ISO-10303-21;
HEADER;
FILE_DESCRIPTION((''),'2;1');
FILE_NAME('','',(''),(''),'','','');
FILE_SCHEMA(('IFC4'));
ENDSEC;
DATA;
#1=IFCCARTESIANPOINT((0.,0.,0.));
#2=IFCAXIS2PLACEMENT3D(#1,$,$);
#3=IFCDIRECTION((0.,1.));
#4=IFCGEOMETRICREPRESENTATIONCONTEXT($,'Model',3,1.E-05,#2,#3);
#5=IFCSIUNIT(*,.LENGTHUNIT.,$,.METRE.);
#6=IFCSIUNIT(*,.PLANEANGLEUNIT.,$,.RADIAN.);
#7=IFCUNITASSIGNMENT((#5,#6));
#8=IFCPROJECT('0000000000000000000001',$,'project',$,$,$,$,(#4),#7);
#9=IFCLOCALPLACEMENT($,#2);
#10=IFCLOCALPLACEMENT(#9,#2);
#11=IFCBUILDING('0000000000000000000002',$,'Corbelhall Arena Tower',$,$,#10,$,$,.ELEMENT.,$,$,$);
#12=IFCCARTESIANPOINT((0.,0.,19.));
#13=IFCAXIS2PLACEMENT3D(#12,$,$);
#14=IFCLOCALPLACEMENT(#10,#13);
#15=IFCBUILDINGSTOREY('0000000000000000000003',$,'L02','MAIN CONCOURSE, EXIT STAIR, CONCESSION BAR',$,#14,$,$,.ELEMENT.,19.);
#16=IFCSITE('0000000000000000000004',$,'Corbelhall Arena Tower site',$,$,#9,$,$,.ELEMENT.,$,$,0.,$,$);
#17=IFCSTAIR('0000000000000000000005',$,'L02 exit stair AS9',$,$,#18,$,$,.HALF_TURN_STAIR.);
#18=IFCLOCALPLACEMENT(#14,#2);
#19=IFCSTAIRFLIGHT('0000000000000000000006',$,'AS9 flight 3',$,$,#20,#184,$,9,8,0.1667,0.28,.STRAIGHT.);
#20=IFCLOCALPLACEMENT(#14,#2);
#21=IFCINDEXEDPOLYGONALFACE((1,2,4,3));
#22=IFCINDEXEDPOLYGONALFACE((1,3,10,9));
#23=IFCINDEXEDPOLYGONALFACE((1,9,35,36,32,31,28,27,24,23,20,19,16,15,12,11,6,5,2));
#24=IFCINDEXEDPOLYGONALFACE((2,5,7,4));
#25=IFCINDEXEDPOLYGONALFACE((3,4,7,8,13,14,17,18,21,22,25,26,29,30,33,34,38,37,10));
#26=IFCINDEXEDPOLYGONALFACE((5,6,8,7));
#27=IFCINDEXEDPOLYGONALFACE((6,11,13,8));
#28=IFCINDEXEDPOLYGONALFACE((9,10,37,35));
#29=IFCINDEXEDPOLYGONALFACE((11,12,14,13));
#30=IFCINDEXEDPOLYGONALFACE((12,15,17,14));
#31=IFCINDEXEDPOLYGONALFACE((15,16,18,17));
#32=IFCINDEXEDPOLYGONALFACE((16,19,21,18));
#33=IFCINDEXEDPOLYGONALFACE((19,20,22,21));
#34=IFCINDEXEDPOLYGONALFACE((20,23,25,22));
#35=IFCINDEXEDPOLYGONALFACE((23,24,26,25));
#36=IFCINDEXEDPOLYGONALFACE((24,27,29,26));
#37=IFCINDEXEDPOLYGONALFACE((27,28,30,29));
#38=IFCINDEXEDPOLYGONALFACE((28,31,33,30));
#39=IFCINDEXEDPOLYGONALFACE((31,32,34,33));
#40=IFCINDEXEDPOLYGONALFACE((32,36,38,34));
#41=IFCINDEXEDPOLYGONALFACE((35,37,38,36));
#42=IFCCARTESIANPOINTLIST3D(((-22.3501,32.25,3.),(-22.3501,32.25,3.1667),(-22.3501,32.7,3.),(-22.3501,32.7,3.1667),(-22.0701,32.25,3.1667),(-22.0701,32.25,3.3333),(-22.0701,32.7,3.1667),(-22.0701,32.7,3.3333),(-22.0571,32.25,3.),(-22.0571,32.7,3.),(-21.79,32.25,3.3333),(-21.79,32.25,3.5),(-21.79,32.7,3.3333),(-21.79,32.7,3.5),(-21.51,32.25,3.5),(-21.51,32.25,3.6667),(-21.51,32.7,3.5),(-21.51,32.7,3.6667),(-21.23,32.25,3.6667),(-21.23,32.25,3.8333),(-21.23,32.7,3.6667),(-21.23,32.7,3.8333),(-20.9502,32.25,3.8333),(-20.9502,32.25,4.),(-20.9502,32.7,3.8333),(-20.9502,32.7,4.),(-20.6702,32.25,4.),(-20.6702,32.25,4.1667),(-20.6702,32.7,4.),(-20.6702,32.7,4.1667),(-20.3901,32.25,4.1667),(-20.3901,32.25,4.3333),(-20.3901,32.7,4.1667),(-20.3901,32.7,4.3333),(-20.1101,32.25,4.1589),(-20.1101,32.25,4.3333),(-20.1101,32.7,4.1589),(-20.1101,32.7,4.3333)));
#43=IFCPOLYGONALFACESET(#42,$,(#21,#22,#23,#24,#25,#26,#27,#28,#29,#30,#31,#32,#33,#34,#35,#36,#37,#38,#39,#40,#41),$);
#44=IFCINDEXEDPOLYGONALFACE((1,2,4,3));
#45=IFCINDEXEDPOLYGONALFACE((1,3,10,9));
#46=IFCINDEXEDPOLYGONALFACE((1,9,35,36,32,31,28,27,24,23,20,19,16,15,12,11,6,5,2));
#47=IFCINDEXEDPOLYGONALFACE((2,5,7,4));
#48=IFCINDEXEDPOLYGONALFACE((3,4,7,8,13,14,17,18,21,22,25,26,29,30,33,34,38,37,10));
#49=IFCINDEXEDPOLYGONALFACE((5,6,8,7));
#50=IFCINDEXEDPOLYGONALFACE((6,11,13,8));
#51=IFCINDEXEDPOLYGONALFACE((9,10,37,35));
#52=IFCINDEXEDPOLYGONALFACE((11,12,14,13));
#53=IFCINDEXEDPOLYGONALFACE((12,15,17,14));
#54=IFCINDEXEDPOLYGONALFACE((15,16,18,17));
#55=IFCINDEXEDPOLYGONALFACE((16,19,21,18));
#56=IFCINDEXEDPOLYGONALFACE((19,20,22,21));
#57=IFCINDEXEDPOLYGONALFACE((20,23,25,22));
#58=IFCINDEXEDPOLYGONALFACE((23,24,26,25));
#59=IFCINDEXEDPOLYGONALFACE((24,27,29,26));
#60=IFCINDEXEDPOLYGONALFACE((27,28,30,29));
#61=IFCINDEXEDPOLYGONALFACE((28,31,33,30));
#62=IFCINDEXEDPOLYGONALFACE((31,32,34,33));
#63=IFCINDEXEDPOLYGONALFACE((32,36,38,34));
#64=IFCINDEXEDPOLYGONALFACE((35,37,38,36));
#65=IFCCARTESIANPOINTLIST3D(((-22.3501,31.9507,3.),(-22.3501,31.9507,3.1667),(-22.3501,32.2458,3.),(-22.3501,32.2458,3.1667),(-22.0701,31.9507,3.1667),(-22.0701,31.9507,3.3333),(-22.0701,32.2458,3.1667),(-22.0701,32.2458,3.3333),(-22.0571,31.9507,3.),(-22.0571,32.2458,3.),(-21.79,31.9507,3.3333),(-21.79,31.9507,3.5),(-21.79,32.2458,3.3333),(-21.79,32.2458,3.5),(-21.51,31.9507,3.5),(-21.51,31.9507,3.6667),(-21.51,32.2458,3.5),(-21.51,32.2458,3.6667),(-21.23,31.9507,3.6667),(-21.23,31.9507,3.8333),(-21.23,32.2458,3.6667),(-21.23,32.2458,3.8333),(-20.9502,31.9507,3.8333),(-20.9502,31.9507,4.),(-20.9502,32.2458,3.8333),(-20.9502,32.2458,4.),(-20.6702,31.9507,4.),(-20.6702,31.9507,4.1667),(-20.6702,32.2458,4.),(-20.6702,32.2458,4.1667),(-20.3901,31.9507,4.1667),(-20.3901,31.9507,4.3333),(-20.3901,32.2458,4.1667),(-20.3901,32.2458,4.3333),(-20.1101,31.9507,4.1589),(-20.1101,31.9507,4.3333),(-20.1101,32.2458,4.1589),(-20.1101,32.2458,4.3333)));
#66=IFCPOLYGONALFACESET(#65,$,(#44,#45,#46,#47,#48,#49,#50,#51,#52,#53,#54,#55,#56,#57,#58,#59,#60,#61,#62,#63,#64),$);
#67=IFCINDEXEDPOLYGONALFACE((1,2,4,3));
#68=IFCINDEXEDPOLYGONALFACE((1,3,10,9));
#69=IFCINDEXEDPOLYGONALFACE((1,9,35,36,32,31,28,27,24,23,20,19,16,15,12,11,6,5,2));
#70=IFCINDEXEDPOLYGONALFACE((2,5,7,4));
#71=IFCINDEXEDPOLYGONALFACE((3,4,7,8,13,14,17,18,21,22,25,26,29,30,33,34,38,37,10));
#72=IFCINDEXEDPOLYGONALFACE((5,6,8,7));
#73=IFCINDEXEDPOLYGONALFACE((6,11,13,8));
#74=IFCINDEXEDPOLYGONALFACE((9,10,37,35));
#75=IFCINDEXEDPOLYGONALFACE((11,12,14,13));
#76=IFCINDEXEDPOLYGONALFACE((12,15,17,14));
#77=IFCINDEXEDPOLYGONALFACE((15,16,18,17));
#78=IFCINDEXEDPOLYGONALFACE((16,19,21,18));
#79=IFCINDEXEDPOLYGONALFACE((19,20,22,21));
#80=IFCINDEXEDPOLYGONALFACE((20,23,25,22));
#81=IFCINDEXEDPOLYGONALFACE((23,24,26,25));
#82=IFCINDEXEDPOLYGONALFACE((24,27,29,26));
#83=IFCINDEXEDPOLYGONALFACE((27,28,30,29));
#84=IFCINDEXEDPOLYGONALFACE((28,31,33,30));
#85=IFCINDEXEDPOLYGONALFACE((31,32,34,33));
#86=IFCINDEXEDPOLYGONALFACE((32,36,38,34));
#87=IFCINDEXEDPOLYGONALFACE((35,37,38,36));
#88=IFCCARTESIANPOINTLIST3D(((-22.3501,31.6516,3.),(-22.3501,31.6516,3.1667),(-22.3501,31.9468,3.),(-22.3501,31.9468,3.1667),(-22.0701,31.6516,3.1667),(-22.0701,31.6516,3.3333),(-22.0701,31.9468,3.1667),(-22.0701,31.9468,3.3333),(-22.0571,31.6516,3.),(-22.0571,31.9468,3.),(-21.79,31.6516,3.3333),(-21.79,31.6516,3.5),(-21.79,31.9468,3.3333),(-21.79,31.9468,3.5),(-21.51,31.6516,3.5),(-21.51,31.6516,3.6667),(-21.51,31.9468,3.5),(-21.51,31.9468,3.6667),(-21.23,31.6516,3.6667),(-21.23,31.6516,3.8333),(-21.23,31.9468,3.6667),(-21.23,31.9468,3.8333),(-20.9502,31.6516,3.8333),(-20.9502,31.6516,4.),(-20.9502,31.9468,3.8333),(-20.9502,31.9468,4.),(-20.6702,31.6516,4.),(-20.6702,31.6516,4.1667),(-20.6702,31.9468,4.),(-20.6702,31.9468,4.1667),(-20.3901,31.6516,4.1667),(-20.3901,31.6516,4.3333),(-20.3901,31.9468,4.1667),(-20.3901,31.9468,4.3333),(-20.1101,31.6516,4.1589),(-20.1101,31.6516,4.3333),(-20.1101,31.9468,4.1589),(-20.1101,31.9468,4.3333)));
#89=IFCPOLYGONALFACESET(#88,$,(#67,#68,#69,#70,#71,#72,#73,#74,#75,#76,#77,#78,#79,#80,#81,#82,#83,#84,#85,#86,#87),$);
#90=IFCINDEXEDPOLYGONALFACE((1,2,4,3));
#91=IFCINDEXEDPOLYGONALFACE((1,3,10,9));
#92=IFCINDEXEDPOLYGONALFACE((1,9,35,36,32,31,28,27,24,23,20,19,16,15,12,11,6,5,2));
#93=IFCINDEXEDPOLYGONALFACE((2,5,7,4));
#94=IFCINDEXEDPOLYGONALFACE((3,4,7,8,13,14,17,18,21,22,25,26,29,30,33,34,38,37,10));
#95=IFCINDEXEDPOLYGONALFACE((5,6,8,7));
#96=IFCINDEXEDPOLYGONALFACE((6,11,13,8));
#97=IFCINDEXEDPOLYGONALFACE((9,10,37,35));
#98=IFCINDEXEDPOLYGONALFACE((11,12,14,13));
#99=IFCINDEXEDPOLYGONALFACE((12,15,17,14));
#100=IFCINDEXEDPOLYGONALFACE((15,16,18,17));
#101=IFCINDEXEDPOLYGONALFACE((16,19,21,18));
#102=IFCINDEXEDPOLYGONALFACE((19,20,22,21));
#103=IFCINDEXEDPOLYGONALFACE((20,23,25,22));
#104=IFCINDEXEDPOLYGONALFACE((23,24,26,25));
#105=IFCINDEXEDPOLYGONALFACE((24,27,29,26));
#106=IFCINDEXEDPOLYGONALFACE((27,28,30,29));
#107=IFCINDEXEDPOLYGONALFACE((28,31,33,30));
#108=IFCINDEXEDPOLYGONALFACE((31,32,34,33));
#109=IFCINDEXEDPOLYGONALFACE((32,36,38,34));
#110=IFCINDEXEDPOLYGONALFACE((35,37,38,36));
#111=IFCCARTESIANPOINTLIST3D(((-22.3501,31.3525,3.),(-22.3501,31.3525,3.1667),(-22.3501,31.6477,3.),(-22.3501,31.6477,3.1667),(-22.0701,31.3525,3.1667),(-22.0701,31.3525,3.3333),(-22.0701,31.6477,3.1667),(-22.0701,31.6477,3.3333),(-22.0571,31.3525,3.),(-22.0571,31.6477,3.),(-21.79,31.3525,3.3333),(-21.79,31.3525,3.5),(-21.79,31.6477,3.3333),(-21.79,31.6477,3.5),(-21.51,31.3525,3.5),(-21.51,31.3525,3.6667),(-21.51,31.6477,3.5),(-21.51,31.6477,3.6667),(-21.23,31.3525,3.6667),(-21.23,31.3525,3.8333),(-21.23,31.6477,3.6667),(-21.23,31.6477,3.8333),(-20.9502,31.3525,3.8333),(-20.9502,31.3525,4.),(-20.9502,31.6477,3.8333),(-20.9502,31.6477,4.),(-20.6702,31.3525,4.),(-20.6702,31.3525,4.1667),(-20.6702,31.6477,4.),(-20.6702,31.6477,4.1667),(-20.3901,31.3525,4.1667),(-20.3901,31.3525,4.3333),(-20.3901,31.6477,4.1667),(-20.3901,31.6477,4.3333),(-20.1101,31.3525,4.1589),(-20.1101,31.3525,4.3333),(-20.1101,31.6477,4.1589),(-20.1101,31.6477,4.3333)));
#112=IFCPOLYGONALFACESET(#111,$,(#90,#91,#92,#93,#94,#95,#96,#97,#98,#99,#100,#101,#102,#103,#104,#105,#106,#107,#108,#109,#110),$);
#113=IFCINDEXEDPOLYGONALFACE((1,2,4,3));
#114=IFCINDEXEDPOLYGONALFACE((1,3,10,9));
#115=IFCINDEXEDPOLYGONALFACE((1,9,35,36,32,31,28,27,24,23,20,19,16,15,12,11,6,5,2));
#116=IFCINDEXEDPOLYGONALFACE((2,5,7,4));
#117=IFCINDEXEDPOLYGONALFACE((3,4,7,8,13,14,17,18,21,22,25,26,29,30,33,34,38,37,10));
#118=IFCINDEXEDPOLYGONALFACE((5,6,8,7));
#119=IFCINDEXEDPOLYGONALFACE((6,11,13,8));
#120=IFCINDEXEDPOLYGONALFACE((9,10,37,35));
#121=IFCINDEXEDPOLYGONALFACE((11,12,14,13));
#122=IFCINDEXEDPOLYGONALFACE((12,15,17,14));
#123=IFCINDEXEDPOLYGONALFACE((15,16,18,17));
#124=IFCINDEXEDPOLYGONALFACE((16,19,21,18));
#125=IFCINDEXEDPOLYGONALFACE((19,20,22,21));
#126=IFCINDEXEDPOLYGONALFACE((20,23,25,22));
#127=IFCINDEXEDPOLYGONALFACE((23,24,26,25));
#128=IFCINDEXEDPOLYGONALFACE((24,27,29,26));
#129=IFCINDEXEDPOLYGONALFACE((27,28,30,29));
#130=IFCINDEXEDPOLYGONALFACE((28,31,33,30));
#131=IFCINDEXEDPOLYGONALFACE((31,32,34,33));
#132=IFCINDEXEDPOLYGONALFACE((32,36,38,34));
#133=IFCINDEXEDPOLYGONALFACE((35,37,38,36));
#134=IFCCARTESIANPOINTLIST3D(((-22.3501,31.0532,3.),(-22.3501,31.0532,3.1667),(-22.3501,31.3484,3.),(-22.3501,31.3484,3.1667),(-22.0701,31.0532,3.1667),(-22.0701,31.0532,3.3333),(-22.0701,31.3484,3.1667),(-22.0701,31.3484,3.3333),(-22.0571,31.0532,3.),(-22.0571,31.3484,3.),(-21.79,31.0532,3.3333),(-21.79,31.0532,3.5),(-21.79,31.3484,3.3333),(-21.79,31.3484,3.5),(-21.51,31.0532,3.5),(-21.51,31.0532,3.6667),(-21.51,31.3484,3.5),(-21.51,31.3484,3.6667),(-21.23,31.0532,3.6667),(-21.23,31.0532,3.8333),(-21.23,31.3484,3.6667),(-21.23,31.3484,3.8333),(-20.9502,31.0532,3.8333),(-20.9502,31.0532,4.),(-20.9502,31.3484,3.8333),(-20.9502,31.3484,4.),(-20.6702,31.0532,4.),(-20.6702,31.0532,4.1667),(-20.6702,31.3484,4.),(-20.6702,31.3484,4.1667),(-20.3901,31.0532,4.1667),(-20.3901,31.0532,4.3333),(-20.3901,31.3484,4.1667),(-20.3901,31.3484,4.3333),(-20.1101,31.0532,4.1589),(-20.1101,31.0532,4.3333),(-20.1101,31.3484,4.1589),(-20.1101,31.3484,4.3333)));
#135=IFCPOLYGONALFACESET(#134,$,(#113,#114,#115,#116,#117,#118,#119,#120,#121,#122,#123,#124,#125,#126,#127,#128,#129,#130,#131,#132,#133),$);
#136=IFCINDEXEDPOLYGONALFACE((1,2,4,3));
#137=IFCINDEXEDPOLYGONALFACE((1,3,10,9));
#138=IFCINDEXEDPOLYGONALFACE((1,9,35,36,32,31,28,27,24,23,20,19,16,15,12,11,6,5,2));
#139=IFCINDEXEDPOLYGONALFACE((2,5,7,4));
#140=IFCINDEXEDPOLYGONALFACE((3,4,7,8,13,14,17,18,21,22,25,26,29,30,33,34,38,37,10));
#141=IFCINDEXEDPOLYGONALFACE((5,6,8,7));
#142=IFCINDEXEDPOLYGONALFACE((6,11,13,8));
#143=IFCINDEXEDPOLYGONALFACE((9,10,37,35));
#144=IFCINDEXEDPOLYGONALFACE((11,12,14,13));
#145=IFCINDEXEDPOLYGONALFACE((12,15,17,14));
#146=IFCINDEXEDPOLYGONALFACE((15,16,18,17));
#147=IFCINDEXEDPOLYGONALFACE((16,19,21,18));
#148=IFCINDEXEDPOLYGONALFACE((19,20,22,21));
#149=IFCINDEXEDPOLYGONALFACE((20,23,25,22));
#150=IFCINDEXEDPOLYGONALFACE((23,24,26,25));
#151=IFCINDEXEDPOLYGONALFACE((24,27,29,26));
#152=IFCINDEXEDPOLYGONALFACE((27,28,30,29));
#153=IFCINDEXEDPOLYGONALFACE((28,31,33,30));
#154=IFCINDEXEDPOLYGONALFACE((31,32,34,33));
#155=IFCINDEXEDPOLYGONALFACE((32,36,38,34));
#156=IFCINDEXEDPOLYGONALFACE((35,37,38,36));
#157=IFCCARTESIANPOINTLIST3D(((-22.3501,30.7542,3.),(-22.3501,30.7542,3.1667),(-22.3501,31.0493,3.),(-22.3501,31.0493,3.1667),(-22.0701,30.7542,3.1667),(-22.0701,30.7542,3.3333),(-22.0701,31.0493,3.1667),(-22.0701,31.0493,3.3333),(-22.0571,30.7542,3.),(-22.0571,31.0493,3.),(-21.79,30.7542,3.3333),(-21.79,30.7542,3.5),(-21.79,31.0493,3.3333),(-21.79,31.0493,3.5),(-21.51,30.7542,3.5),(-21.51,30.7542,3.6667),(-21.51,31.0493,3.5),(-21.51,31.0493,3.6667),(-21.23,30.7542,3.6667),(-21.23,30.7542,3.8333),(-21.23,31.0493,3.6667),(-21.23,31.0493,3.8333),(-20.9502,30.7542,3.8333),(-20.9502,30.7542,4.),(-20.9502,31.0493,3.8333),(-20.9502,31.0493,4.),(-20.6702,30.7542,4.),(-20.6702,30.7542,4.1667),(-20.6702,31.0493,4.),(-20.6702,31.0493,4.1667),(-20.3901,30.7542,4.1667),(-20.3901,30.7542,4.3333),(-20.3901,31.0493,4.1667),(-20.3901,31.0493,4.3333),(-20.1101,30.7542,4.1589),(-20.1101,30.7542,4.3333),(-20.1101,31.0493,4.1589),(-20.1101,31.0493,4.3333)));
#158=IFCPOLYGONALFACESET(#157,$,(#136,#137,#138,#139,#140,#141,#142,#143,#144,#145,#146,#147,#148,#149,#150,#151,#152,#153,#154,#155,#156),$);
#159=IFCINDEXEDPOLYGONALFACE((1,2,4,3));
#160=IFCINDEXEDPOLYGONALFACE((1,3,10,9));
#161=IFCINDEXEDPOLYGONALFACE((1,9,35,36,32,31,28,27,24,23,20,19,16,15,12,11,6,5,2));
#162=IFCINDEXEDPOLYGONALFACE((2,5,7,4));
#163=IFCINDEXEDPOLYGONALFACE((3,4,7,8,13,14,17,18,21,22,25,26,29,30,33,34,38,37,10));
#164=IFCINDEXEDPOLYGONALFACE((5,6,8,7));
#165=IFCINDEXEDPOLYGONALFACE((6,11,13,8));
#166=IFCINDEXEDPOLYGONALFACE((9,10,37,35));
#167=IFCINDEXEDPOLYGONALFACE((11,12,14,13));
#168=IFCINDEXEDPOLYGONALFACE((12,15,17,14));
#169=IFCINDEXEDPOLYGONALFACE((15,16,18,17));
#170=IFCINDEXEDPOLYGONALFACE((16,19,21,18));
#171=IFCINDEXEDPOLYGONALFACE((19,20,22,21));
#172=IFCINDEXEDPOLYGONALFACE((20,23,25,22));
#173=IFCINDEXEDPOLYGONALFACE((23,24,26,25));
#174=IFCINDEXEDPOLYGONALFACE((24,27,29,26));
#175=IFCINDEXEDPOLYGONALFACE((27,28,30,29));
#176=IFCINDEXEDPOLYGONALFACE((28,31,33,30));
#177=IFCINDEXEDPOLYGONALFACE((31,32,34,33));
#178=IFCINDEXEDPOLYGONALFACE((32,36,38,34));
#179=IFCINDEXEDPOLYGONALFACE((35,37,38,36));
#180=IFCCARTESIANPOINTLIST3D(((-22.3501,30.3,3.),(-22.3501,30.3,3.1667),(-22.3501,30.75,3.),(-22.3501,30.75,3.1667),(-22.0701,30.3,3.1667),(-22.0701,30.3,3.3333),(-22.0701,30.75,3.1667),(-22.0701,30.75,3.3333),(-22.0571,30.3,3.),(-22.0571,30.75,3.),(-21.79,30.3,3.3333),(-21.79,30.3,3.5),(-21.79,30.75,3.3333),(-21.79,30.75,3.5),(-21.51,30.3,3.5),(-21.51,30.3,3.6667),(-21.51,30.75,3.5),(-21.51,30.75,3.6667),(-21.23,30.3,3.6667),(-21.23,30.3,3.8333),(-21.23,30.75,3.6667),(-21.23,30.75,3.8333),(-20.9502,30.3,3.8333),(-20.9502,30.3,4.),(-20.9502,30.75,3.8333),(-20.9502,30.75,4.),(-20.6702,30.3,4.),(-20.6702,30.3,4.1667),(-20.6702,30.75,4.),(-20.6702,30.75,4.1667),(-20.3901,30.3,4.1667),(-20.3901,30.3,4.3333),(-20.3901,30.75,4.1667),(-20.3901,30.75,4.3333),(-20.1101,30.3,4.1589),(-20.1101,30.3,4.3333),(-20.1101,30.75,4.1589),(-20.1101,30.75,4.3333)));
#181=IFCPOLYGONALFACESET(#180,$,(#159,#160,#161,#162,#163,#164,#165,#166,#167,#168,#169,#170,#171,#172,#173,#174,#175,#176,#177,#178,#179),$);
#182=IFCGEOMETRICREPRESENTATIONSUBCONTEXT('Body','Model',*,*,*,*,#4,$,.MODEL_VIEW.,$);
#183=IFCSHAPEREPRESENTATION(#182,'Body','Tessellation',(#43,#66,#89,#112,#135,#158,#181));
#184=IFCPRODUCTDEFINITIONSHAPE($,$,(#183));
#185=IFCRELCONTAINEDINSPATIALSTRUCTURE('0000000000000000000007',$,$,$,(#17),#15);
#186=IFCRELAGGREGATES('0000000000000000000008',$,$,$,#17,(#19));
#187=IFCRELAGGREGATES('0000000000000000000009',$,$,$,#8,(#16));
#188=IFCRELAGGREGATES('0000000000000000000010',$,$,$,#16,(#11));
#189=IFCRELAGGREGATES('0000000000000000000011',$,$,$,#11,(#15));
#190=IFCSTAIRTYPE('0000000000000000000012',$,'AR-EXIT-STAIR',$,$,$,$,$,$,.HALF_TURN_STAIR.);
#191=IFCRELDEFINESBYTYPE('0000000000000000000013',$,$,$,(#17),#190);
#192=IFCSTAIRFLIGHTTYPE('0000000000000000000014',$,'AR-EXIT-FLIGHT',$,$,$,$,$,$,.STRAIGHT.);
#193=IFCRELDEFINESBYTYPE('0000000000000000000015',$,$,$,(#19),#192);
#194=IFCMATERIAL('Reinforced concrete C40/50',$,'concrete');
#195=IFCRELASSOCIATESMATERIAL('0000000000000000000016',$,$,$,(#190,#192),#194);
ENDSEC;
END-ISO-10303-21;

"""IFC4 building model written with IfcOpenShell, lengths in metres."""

from ifc_helpers import new_model, si_unit, direction, frame, origin, place, context, subcontext, project, spatial, polyline, outline, extrude, material, type_object, element, aggregate, save


model = new_model("IFC4")

# Units and contexts
model_context = context("Model", 3, precision=1e-05, world=origin(), true_north=direction((0.0, 1.0)))
body_context = subcontext(model_context, "Body", "Model", "MODEL_VIEW")
ifc_project = project(units=[si_unit("LENGTHUNIT", "METRE"), si_unit("PLANEANGLEUNIT", "RADIAN")], contexts=[model_context])

# Site, building, storey
site_placement = place(None, origin())
site = spatial("IfcSite", under=ifc_project, at=site_placement, Name="Corbelhall Arena Tower site", CompositionType="ELEMENT", RefElevation=0.0)
building_placement = place(site_placement, origin())
building = spatial("IfcBuilding", under=site, at=building_placement, Name="Corbelhall Arena Tower", CompositionType="ELEMENT")
storey_placement = place(building_placement, frame((0.0, 0.0, 19.0)))
storey = spatial("IfcBuildingStorey", under=building, at=storey_placement, Name="L02", Description="MAIN CONCOURSE, EXIT STAIR, CONCESSION BAR", CompositionType="ELEMENT", Elevation=19.0)

# Shared definitions
ifc_material_1 = material(Name="Reinforced concrete C40/50", Category="concrete")

# Stair, stair flight
stair_type = type_object("IfcStairType", Name="AR-EXIT-STAIR", PredefinedType="HALF_TURN_STAIR", material=ifc_material_1)
stair_1_placement = place(storey_placement, origin())
stair_1 = element("IfcStair", 1, at=stair_1_placement, inside=storey, type_object=stair_type, Name="L02 exit stair AS9", PredefinedType="HALF_TURN_STAIR")
stair_flight_type = type_object("IfcStairFlightType", Name="AR-EXIT-FLIGHT", PredefinedType="STRAIGHT", material=ifc_material_1)
stair_flight_1_placement = place(storey_placement, frame((-22.3501, 31.5, 3.0), z_axis=(0.0, 0.0, 1.0), x_axis=(1.0, 0.0, 0.0)))
stair_flight_1 = element("IfcStairFlight", 2, at=stair_flight_1_placement, type_object=stair_flight_type, Name="AS9 flight 3", NumberOfRisers=9, NumberOfTreads=8, PredefinedType="STRAIGHT", RiserHeight=0.1667, TreadLength=0.28, context=body_context, shape_type="SweptSolid", body=[
    extrude(outline(polyline([(0.0, 0.0), (0.0, 0.1667), (0.28, 0.1667), (0.28, 0.3333), (0.5601, 0.3333), (0.5601, 0.5), (0.8401, 0.5), (0.8401, 0.6667), (1.1201, 0.6667), (1.1201, 0.8333), (1.3999, 0.8333), (1.3999, 1.0), (1.6799, 1.0), (1.6799, 1.1667), (1.96, 1.1667), (1.96, 1.3333), (2.24, 1.3333), (2.24, 1.5), (2.24, 1.1589), (0.293, 0.0), (0.0, 0.0)])), frame((0.0, 1.2, 0.0), z_axis=(0.0, -1.0, 0.0), x_axis=(1.0, 0.0, 0.0)), (0.0, 0.0, 1.0), 0.45),
    extrude(outline(polyline([(0.0, 0.0), (0.0, 0.1667), (0.28, 0.1667), (0.28, 0.3333), (0.5601, 0.3333), (0.5601, 0.5), (0.8401, 0.5), (0.8401, 0.6667), (1.1201, 0.6667), (1.1201, 0.8333), (1.3999, 0.8333), (1.3999, 1.0), (1.6799, 1.0), (1.6799, 1.1667), (1.96, 1.1667), (1.96, 1.3333), (2.24, 1.3333), (2.24, 1.5), (2.24, 1.1589), (0.293, 0.0), (0.0, 0.0)])), frame((0.0, 0.7458, 0.0), z_axis=(0.0, -1.0, 0.0), x_axis=(1.0, 0.0, 0.0)), (0.0, 0.0, 1.0), 0.2952),
    extrude(outline(polyline([(0.0, 0.0), (0.0, 0.1667), (0.28, 0.1667), (0.28, 0.3333), (0.5601, 0.3333), (0.5601, 0.5), (0.8401, 0.5), (0.8401, 0.6667), (1.1201, 0.6667), (1.1201, 0.8333), (1.3999, 0.8333), (1.3999, 1.0), (1.6799, 1.0), (1.6799, 1.1667), (1.96, 1.1667), (1.96, 1.3333), (2.24, 1.3333), (2.24, 1.5), (2.24, 1.1589), (0.293, 0.0), (0.0, 0.0)])), frame((0.0, 0.4468, 0.0), z_axis=(0.0, -1.0, 0.0), x_axis=(1.0, 0.0, 0.0)), (0.0, 0.0, 1.0), 0.2952),
    extrude(outline(polyline([(0.0, 0.0), (0.0, 0.1667), (0.28, 0.1667), (0.28, 0.3333), (0.5601, 0.3333), (0.5601, 0.5), (0.8401, 0.5), (0.8401, 0.6667), (1.1201, 0.6667), (1.1201, 0.8333), (1.3999, 0.8333), (1.3999, 1.0), (1.6799, 1.0), (1.6799, 1.1667), (1.96, 1.1667), (1.96, 1.3333), (2.24, 1.3333), (2.24, 1.5), (2.24, 1.1589), (0.293, 0.0), (0.0, 0.0)])), frame((0.0, 0.1477, 0.0), z_axis=(0.0, -1.0, 0.0), x_axis=(1.0, 0.0, 0.0)), (0.0, 0.0, 1.0), 0.2952),
    extrude(outline(polyline([(0.0, 0.0), (0.0, 0.1667), (0.28, 0.1667), (0.28, 0.3333), (0.5601, 0.3333), (0.5601, 0.5), (0.8401, 0.5), (0.8401, 0.6667), (1.1201, 0.6667), (1.1201, 0.8333), (1.3999, 0.8333), (1.3999, 1.0), (1.6799, 1.0), (1.6799, 1.1667), (1.96, 1.1667), (1.96, 1.3333), (2.24, 1.3333), (2.24, 1.5), (2.24, 1.1589), (0.293, 0.0), (0.0, 0.0)])), frame((0.0, -0.1516, 0.0), z_axis=(0.0, -1.0, 0.0), x_axis=(1.0, 0.0, 0.0)), (0.0, 0.0, 1.0), 0.2952),
    extrude(outline(polyline([(0.0, 0.0), (0.0, 0.1667), (0.28, 0.1667), (0.28, 0.3333), (0.5601, 0.3333), (0.5601, 0.5), (0.8401, 0.5), (0.8401, 0.6667), (1.1201, 0.6667), (1.1201, 0.8333), (1.3999, 0.8333), (1.3999, 1.0), (1.6799, 1.0), (1.6799, 1.1667), (1.96, 1.1667), (1.96, 1.3333), (2.24, 1.3333), (2.24, 1.5), (2.24, 1.1589), (0.293, 0.0), (0.0, 0.0)])), frame((0.0, -0.4507, 0.0), z_axis=(0.0, -1.0, 0.0), x_axis=(1.0, 0.0, 0.0)), (0.0, 0.0, 1.0), 0.2952),
    extrude(outline(polyline([(0.0, 0.0), (0.0, 0.1667), (0.28, 0.1667), (0.28, 0.3333), (0.5601, 0.3333), (0.5601, 0.5), (0.8401, 0.5), (0.8401, 0.6667), (1.1201, 0.6667), (1.1201, 0.8333), (1.3999, 0.8333), (1.3999, 1.0), (1.6799, 1.0), (1.6799, 1.1667), (1.96, 1.1667), (1.96, 1.3333), (2.24, 1.3333), (2.24, 1.5), (2.24, 1.1589), (0.293, 0.0), (0.0, 0.0)])), frame((0.0, -0.75, 0.0), z_axis=(0.0, -1.0, 0.0), x_axis=(1.0, 0.0, 0.0)), (0.0, 0.0, 1.0), 0.45),
])
aggregate(stair_1, [stair_flight_1])

save(model, "model.ifc")
